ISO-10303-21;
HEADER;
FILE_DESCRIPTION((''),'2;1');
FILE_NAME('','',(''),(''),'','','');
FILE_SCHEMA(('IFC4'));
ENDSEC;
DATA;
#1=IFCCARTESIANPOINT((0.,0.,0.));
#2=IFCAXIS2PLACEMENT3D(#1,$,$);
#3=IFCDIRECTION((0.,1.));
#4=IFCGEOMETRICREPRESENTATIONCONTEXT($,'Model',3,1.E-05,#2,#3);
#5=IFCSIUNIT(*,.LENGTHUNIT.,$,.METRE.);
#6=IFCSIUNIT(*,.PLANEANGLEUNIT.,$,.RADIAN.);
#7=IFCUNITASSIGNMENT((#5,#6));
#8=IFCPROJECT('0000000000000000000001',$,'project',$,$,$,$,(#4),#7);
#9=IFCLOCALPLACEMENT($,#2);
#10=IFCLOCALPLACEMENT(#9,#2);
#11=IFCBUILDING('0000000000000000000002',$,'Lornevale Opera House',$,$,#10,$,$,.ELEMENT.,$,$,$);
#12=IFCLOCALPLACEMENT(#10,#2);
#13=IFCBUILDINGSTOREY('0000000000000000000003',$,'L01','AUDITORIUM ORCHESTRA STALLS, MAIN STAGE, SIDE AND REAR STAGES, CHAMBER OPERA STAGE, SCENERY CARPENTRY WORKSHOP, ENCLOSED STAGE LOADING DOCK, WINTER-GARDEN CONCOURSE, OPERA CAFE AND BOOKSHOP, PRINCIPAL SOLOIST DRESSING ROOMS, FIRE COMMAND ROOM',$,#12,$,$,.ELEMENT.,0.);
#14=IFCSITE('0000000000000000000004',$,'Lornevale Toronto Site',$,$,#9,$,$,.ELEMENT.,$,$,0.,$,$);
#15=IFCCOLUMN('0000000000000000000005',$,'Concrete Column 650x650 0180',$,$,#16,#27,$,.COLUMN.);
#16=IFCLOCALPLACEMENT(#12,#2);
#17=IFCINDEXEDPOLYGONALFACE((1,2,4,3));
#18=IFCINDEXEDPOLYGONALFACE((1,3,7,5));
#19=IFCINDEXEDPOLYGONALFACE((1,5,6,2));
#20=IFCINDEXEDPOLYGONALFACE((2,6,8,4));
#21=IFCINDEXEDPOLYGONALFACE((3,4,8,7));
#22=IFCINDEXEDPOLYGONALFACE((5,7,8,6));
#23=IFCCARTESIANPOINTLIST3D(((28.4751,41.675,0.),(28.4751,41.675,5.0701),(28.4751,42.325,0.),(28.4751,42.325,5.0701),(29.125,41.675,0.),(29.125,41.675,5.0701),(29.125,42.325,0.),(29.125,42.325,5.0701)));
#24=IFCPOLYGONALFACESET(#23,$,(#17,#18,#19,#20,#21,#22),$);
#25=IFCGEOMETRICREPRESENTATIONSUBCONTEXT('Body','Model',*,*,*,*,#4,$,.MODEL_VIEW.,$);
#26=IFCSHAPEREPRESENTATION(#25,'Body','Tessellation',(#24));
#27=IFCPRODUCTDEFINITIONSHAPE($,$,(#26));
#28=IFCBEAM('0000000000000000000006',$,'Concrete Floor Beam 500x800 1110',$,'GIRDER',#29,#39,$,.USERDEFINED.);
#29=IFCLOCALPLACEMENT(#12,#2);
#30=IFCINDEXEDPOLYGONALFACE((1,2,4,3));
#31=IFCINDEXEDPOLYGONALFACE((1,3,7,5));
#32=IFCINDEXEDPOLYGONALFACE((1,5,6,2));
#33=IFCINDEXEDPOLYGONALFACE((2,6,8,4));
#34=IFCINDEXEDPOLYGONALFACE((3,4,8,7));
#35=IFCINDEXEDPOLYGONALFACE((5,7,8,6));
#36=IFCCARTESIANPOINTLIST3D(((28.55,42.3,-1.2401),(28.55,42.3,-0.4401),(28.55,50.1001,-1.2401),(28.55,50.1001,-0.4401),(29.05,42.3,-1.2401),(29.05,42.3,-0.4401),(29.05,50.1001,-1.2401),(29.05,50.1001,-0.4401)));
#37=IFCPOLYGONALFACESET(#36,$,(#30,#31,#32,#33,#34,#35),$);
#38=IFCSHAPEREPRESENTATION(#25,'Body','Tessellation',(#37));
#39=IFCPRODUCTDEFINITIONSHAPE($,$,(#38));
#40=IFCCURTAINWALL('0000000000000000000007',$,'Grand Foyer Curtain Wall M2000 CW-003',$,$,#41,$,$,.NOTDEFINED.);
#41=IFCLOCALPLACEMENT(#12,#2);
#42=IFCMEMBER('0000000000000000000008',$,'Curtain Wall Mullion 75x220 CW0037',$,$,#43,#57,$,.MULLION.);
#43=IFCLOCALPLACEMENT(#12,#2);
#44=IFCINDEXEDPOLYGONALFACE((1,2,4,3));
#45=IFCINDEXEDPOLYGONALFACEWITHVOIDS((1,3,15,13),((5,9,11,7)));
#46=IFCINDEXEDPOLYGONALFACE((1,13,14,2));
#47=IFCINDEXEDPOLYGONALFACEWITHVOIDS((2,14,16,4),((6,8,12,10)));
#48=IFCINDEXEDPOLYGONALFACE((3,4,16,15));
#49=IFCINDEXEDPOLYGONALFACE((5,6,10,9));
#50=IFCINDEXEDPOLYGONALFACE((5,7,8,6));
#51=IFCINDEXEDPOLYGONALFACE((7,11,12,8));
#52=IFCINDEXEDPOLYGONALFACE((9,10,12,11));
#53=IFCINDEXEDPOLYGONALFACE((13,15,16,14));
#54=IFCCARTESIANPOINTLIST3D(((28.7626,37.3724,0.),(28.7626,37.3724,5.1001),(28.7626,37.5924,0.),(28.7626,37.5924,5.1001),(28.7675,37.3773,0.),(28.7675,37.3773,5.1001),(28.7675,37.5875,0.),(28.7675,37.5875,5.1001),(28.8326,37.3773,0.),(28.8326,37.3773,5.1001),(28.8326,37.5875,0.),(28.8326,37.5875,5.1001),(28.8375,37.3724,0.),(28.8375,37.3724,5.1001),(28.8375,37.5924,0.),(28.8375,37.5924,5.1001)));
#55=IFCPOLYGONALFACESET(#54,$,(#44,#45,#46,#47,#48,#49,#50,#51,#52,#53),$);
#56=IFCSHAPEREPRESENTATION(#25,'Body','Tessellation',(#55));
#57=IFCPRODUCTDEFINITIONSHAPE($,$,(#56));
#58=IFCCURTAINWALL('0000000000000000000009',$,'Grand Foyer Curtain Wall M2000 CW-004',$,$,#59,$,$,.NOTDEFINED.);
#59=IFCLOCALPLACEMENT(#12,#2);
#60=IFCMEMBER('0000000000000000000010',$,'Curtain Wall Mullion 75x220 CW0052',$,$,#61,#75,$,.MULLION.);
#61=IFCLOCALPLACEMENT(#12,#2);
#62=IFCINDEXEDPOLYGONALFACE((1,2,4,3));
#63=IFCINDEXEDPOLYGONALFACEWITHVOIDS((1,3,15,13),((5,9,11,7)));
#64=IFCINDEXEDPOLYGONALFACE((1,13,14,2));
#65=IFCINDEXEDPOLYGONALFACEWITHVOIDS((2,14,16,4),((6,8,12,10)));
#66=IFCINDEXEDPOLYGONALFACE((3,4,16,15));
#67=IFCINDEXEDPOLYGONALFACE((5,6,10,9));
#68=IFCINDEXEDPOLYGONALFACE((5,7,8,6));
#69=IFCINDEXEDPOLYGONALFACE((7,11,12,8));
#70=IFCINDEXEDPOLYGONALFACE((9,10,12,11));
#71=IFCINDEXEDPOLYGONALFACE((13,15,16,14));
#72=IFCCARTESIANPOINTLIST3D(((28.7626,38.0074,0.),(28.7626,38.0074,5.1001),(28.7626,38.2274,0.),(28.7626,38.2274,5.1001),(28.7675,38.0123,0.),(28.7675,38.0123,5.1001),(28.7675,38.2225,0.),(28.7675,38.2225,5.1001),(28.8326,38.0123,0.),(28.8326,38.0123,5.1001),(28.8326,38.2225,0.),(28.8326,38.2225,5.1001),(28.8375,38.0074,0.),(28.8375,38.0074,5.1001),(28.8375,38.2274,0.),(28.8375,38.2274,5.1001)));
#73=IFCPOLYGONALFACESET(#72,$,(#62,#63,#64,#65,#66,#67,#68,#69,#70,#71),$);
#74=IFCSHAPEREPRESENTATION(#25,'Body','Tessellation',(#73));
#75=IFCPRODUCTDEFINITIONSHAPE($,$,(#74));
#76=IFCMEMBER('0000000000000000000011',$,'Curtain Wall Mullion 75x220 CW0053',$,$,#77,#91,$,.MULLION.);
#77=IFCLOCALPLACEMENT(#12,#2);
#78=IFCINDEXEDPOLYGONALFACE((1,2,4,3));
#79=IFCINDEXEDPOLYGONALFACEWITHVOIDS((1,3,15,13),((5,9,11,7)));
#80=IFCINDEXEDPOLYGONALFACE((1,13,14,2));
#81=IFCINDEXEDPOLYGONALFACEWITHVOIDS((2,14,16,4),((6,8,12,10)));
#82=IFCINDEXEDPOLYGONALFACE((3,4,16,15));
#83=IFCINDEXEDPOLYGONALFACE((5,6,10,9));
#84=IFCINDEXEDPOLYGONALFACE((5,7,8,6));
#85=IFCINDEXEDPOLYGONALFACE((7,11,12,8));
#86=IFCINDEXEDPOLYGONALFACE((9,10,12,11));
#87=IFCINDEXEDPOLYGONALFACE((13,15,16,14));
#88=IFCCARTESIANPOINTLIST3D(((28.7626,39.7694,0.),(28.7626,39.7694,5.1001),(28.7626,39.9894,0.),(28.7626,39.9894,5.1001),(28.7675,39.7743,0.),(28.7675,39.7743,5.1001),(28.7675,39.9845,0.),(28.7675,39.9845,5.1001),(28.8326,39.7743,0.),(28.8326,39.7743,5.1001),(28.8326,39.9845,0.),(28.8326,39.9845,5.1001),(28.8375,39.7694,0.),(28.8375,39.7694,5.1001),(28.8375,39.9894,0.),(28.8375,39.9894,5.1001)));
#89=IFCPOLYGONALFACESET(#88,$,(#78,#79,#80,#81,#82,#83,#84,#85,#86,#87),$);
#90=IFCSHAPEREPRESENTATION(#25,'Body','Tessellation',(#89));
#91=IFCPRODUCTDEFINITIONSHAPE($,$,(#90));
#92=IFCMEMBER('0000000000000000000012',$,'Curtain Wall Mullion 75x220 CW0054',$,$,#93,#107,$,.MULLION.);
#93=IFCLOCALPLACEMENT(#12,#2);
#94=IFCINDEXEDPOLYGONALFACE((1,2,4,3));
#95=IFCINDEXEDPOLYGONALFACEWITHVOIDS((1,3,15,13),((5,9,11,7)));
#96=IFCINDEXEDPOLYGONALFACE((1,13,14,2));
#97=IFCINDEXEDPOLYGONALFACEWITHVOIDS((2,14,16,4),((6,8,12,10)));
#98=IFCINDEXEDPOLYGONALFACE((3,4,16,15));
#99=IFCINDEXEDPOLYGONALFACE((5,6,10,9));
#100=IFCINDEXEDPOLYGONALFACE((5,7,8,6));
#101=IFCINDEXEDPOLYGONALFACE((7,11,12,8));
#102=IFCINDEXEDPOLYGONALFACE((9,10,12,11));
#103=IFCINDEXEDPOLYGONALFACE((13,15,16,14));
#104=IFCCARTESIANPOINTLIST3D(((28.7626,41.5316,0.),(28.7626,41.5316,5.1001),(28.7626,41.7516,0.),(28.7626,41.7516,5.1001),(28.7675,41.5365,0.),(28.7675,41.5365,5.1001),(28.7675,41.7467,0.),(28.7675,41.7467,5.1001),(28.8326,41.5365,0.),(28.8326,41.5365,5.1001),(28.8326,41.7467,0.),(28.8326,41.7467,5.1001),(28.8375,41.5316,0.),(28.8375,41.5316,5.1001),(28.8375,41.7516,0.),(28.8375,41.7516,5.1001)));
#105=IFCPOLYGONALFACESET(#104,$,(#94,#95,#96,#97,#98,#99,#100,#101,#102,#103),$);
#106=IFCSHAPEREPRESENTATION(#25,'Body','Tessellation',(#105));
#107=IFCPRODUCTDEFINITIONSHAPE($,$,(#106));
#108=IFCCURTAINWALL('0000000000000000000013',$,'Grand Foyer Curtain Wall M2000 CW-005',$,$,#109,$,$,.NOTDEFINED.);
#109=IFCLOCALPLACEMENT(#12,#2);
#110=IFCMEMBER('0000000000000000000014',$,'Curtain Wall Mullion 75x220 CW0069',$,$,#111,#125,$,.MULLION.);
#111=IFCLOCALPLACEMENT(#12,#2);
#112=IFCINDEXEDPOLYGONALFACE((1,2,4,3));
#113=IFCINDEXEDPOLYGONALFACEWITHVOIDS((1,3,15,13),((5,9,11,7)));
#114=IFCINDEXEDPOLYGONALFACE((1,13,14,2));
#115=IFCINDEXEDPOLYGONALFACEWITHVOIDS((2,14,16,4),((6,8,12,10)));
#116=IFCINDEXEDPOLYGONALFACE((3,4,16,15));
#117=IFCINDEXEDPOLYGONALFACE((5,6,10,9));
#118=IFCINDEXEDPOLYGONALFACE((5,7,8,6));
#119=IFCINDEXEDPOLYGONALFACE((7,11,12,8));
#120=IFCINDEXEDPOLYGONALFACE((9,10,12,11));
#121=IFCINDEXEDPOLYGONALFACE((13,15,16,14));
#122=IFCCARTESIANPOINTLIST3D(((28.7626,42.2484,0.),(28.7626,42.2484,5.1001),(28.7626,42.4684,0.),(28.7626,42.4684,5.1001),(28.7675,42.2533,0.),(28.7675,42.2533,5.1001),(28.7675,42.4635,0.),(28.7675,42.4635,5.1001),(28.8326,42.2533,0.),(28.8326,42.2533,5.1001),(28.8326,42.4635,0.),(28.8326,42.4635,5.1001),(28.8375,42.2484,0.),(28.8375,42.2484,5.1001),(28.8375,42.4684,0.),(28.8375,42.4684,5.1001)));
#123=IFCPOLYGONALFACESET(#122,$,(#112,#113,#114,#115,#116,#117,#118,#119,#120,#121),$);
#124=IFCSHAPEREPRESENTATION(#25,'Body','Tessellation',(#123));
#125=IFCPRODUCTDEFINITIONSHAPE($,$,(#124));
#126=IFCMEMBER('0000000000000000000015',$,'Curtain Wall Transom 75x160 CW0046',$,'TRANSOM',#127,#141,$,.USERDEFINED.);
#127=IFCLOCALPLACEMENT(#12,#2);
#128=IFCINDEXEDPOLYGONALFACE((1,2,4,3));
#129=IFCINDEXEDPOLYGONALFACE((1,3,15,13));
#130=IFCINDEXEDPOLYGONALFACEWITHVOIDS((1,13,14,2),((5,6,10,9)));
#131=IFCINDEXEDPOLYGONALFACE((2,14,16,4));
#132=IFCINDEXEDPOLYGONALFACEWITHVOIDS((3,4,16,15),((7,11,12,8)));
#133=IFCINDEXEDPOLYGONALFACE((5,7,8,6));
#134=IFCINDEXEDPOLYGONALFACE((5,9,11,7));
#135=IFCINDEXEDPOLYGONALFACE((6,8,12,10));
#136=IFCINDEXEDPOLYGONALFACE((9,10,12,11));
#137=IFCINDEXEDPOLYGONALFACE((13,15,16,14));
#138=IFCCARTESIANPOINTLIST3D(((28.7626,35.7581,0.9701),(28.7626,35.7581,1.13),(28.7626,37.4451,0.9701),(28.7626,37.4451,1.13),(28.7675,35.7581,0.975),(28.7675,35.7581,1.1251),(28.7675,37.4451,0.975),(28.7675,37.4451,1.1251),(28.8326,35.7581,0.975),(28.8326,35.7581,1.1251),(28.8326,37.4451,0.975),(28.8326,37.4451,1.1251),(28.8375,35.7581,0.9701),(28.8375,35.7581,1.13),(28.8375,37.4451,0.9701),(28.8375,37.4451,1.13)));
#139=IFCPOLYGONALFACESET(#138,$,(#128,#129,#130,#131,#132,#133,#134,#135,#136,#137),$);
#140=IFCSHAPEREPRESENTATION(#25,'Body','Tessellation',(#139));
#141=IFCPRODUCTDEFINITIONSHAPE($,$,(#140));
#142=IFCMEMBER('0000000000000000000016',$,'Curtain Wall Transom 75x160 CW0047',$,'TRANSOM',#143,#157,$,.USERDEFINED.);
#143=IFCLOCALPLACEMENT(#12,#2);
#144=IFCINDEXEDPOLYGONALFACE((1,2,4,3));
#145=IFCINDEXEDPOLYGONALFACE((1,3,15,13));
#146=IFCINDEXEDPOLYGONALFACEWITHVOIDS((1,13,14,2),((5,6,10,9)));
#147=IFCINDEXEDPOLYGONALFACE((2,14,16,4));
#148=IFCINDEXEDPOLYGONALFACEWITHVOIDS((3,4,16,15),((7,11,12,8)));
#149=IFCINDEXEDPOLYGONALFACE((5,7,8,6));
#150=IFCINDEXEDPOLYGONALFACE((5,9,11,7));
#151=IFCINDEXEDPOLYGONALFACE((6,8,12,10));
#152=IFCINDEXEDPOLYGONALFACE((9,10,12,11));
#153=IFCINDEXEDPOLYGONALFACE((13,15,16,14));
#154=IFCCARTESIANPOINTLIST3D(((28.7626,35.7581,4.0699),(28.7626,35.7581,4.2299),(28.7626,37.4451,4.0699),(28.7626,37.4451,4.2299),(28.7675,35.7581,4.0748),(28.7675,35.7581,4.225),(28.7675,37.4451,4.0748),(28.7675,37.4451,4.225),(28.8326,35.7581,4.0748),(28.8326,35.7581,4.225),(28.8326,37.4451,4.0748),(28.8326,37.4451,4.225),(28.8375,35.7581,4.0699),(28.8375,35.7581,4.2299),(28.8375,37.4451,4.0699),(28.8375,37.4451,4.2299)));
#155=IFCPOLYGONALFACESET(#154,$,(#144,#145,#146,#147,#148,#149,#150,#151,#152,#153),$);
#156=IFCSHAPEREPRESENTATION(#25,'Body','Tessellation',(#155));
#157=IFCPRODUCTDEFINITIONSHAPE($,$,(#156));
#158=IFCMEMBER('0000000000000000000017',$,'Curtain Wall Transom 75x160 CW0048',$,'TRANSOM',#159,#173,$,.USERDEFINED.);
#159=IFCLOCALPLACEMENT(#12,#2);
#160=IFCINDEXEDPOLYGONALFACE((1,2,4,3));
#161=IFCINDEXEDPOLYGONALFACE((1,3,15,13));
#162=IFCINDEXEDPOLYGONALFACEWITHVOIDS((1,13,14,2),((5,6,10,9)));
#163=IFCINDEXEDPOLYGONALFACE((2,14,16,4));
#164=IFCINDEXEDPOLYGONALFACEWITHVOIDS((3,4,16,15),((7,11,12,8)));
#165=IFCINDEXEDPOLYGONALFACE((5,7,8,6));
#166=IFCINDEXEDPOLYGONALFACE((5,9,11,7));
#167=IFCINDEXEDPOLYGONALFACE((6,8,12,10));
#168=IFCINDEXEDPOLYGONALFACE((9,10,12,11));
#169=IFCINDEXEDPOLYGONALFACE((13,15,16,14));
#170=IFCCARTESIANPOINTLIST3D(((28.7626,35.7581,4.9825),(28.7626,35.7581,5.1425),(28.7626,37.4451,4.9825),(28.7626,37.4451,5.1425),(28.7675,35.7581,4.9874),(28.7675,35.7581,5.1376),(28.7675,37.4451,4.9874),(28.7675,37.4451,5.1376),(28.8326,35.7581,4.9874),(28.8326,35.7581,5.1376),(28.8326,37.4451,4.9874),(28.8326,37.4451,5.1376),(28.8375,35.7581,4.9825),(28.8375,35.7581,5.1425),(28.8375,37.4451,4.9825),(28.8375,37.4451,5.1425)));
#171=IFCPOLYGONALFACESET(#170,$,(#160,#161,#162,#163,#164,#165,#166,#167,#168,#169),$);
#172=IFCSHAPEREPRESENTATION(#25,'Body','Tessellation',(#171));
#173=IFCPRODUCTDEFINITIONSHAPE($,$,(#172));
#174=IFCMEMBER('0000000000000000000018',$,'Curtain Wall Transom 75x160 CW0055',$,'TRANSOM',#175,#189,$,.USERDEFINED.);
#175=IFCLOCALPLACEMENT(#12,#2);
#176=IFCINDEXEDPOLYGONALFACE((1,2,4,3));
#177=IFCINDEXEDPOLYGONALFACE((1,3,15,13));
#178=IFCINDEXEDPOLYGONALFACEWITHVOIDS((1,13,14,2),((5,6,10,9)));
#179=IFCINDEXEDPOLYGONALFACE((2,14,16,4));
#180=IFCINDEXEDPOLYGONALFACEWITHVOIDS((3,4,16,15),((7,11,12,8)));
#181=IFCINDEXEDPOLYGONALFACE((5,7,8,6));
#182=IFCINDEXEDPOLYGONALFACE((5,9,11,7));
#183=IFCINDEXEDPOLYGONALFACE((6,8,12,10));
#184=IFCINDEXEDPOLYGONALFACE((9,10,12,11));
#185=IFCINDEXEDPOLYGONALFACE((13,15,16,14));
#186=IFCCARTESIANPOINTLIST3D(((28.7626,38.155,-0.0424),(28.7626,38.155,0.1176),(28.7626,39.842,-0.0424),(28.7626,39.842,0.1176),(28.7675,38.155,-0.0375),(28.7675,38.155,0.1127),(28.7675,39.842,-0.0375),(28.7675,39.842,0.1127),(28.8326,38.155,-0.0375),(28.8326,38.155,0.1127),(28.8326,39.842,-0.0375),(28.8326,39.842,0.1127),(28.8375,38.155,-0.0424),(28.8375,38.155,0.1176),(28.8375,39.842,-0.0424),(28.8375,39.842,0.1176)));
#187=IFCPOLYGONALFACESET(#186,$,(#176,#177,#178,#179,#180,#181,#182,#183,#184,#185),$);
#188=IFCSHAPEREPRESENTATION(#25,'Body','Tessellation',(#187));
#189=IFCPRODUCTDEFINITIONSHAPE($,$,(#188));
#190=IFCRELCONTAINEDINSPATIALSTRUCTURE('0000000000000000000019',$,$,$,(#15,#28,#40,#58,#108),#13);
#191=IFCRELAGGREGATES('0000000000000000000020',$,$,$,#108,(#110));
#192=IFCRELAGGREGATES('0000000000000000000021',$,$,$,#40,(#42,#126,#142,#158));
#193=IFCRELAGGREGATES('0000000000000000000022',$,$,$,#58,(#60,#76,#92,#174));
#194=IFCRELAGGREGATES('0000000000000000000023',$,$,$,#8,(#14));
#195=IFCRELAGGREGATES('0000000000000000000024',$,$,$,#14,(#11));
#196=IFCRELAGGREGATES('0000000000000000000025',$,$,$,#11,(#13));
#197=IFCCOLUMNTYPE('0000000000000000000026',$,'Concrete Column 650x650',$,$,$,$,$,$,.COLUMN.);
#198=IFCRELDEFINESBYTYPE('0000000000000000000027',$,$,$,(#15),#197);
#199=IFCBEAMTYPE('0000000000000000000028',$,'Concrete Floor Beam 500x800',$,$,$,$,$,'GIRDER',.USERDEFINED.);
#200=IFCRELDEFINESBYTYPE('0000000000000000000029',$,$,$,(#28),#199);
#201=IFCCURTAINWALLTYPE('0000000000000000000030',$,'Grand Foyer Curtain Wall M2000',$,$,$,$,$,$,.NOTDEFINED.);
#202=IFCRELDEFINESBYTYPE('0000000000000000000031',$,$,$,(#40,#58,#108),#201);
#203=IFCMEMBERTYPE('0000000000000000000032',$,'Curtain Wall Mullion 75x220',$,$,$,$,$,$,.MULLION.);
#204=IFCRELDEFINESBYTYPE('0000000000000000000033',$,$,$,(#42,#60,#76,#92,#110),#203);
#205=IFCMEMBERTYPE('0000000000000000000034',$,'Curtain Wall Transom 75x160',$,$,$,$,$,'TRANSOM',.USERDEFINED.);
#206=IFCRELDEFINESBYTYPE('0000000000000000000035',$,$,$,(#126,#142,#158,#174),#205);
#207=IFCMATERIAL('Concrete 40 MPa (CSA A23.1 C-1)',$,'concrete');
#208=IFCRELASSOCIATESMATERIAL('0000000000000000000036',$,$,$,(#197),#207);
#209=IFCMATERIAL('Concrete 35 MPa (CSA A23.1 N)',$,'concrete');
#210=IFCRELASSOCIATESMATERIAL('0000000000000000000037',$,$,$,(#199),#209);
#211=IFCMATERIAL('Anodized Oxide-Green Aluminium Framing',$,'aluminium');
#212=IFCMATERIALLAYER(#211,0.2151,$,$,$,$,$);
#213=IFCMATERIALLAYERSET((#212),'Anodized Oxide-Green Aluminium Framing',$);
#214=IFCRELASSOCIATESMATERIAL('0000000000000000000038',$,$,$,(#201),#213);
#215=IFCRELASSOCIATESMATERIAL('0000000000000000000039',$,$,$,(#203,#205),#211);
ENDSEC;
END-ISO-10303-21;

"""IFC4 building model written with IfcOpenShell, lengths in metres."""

from ifc_helpers import new_model, si_unit, direction, frame, origin, origin_2d, place, context, subcontext, project, spatial, rectangle, hollow_rectangle, extrude, material, layer, layer_set, material_profile, profile_set, type_object, element, aggregate, save


model = new_model("IFC4")

# Units and contexts
model_context = context("Model", 3, precision=1e-05, world=origin(), true_north=direction((0.0, 1.0)))
body_context = subcontext(model_context, "Body", "Model", "MODEL_VIEW")
ifc_project = project(units=[si_unit("LENGTHUNIT", "METRE"), si_unit("PLANEANGLEUNIT", "RADIAN")], contexts=[model_context])

# Site, building, storey
site_placement = place(None, origin())
site = spatial("IfcSite", under=ifc_project, at=site_placement, Name="Lornevale Toronto Site", CompositionType="ELEMENT", RefElevation=0.0)
building_placement = place(site_placement, origin())
building = spatial("IfcBuilding", under=site, at=building_placement, Name="Lornevale Opera House", CompositionType="ELEMENT")
storey_placement = place(building_placement, origin())
storey = spatial("IfcBuildingStorey", under=building, at=storey_placement, Name="L01", Description="AUDITORIUM ORCHESTRA STALLS, MAIN STAGE, SIDE AND REAR STAGES, CHAMBER OPERA STAGE, SCENERY CARPENTRY WORKSHOP, ENCLOSED STAGE LOADING DOCK, WINTER-GARDEN CONCOURSE, OPERA CAFE AND BOOKSHOP, PRINCIPAL SOLOIST DRESSING ROOMS, FIRE COMMAND ROOM", CompositionType="ELEMENT", Elevation=0.0)

# Column
ifc_material_1 = material(Name="Concrete 40 MPa (CSA A23.1 C-1)", Category="concrete")
ifc_material_profile_1 = material_profile(ifc_material_1, rectangle(XDim=0.6499, YDim=0.6499, at=origin_2d()), Name="RC650x650")
ifc_profile_set_1 = profile_set([ifc_material_profile_1], Name="Concrete 40 MPa (CSA A23.1 C-1)")
column_type = type_object("IfcColumnType", Name="Concrete Column 650x650", PredefinedType="COLUMN", material=ifc_profile_set_1)
column_placement = place(storey_placement, frame((28.8, 42.0, 0.0), z_axis=(0.0, 0.0, 1.0), x_axis=(1.0, 0.0, 0.0)))
element("IfcColumn", 1, at=column_placement, inside=storey, type_object=column_type, Name="Concrete Column 650x650 0180", PredefinedType="COLUMN", context=body_context, shape_type="SweptSolid", body=[
    extrude(rectangle(XDim=0.6499, YDim=0.6499, at=origin_2d()), origin(), (0.0, 0.0, 1.0), 5.0701),
])

# Beam
ifc_material_2 = material(Name="Concrete 35 MPa (CSA A23.1 N)", Category="concrete")
ifc_material_profile_2 = material_profile(ifc_material_2, rectangle(XDim=0.5, YDim=0.8, at=origin_2d()), Name="RC500x800")
ifc_profile_set_2 = profile_set([ifc_material_profile_2], Name="Concrete 35 MPa (CSA A23.1 N)")
beam_type = type_object("IfcBeamType", Name="Concrete Floor Beam 500x800", ElementType="GIRDER", PredefinedType="USERDEFINED", material=ifc_profile_set_2)
beam_placement = place(storey_placement, frame((28.8, 42.3, -0.8401), z_axis=(0.0, 1.0, 0.0), x_axis=(-1.0, 0.0, 0.0)))
element("IfcBeam", 2, at=beam_placement, inside=storey, type_object=beam_type, Name="Concrete Floor Beam 500x800 1110", ObjectType="GIRDER", PredefinedType="USERDEFINED", context=body_context, shape_type="SweptSolid", body=[
    extrude(rectangle(XDim=0.5, YDim=0.8, at=origin_2d()), origin(), (0.0, 0.0, 1.0), 7.8),
])

# Curtain wall, member
ifc_material_3 = material(Name="Anodized Oxide-Green Aluminium Framing", Category="aluminium")
ifc_layer_1 = layer(ifc_material_3, 0.2151)
ifc_layer_set_1 = layer_set([ifc_layer_1], Name="Anodized Oxide-Green Aluminium Framing")
curtain_wall_type = type_object("IfcCurtainWallType", Name="Grand Foyer Curtain Wall M2000", PredefinedType="NOTDEFINED", material=ifc_layer_set_1)
curtain_wall_1_placement = place(storey_placement, origin())
curtain_wall_1 = element("IfcCurtainWall", 3, at=curtain_wall_1_placement, inside=storey, type_object=curtain_wall_type, Name="Grand Foyer Curtain Wall M2000 CW-003", PredefinedType="NOTDEFINED")
ifc_material_profile_3 = material_profile(ifc_material_3, hollow_rectangle(XDim=0.075, YDim=0.22, WallThickness=0.0049, at=origin_2d()), Name="ALU75x220x5")
ifc_profile_set_3 = profile_set([ifc_material_profile_3], Name="Anodized Oxide-Green Aluminium Framing")
member_type_1 = type_object("IfcMemberType", Name="Curtain Wall Mullion 75x220", PredefinedType="MULLION", material=ifc_profile_set_3)
member_1_placement = place(storey_placement, frame((28.8, 37.4824, 0.0), z_axis=(0.0, 0.0, 1.0), x_axis=(-1.0, 0.0, 0.0)))
member_1 = element("IfcMember", 4, at=member_1_placement, type_object=member_type_1, Name="Curtain Wall Mullion 75x220 CW0037", PredefinedType="MULLION", context=body_context, shape_type="SweptSolid", body=[
    extrude(hollow_rectangle(XDim=0.075, YDim=0.22, WallThickness=0.0049, at=origin_2d()), origin(), (0.0, 0.0, 1.0), 5.1001),
])

# Curtain wall, members
curtain_wall_2_placement = place(storey_placement, origin())
curtain_wall_2 = element("IfcCurtainWall", 5, at=curtain_wall_2_placement, inside=storey, type_object=curtain_wall_type, Name="Grand Foyer Curtain Wall M2000 CW-004", PredefinedType="NOTDEFINED")
member_2_placement = place(storey_placement, frame((28.8, 38.1174, 0.0), z_axis=(0.0, 0.0, 1.0), x_axis=(-1.0, 0.0, 0.0)))
member_2 = element("IfcMember", 6, at=member_2_placement, type_object=member_type_1, Name="Curtain Wall Mullion 75x220 CW0052", PredefinedType="MULLION", context=body_context, shape_type="SweptSolid", body=[
    extrude(hollow_rectangle(XDim=0.075, YDim=0.22, WallThickness=0.0049, at=origin_2d()), origin(), (0.0, 0.0, 1.0), 5.1001),
])
member_3_placement = place(storey_placement, frame((28.8, 39.8794, 0.0), z_axis=(0.0, 0.0, 1.0), x_axis=(-1.0, 0.0, 0.0)))
member_3 = element("IfcMember", 7, at=member_3_placement, type_object=member_type_1, Name="Curtain Wall Mullion 75x220 CW0053", PredefinedType="MULLION", context=body_context, shape_type="SweptSolid", body=[
    extrude(hollow_rectangle(XDim=0.075, YDim=0.22, WallThickness=0.0049, at=origin_2d()), origin(), (0.0, 0.0, 1.0), 5.1001),
])
member_4_placement = place(storey_placement, frame((28.8, 41.6416, 0.0), z_axis=(0.0, 0.0, 1.0), x_axis=(-1.0, 0.0, 0.0)))
member_4 = element("IfcMember", 8, at=member_4_placement, type_object=member_type_1, Name="Curtain Wall Mullion 75x220 CW0054", PredefinedType="MULLION", context=body_context, shape_type="SweptSolid", body=[
    extrude(hollow_rectangle(XDim=0.075, YDim=0.22, WallThickness=0.0049, at=origin_2d()), origin(), (0.0, 0.0, 1.0), 5.1001),
])

# Curtain wall, member
curtain_wall_3_placement = place(storey_placement, origin())
curtain_wall_3 = element("IfcCurtainWall", 9, at=curtain_wall_3_placement, inside=storey, type_object=curtain_wall_type, Name="Grand Foyer Curtain Wall M2000 CW-005", PredefinedType="NOTDEFINED")
member_5_placement = place(storey_placement, frame((28.8, 42.3584, 0.0), z_axis=(0.0, 0.0, 1.0), x_axis=(-1.0, 0.0, 0.0)))
member_5 = element("IfcMember", 10, at=member_5_placement, type_object=member_type_1, Name="Curtain Wall Mullion 75x220 CW0069", PredefinedType="MULLION", context=body_context, shape_type="SweptSolid", body=[
    extrude(hollow_rectangle(XDim=0.075, YDim=0.22, WallThickness=0.0049, at=origin_2d()), origin(), (0.0, 0.0, 1.0), 5.1001),
])

# Members
ifc_material_profile_4 = material_profile(ifc_material_3, hollow_rectangle(XDim=0.075, YDim=0.1599, WallThickness=0.0049, at=origin_2d()), Name="ALU75x160x5")
ifc_profile_set_4 = profile_set([ifc_material_profile_4], Name="Anodized Oxide-Green Aluminium Framing")
member_type_2 = type_object("IfcMemberType", Name="Curtain Wall Transom 75x160", ElementType="TRANSOM", PredefinedType="USERDEFINED", material=ifc_profile_set_4)
member_6_placement = place(storey_placement, frame((28.8, 35.7581, 1.05), z_axis=(0.0, 1.0, 0.0), x_axis=(-1.0, 0.0, 0.0)))
member_6 = element("IfcMember", 11, at=member_6_placement, type_object=member_type_2, Name="Curtain Wall Transom 75x160 CW0046", ObjectType="TRANSOM", PredefinedType="USERDEFINED", context=body_context, shape_type="SweptSolid", body=[
    extrude(hollow_rectangle(XDim=0.075, YDim=0.1599, WallThickness=0.0049, at=origin_2d()), origin(), (0.0, 0.0, 1.0), 1.687),
])
member_7_placement = place(storey_placement, frame((28.8, 35.7581, 4.1499), z_axis=(0.0, 1.0, 0.0), x_axis=(-1.0, 0.0, 0.0)))
member_7 = element("IfcMember", 12, at=member_7_placement, type_object=member_type_2, Name="Curtain Wall Transom 75x160 CW0047", ObjectType="TRANSOM", PredefinedType="USERDEFINED", context=body_context, shape_type="SweptSolid", body=[
    extrude(hollow_rectangle(XDim=0.075, YDim=0.1599, WallThickness=0.0049, at=origin_2d()), origin(), (0.0, 0.0, 1.0), 1.687),
])
member_8_placement = place(storey_placement, frame((28.8, 35.7581, 5.0625), z_axis=(0.0, 1.0, 0.0), x_axis=(-1.0, 0.0, 0.0)))
member_8 = element("IfcMember", 13, at=member_8_placement, type_object=member_type_2, Name="Curtain Wall Transom 75x160 CW0048", ObjectType="TRANSOM", PredefinedType="USERDEFINED", context=body_context, shape_type="SweptSolid", body=[
    extrude(hollow_rectangle(XDim=0.075, YDim=0.1599, WallThickness=0.0049, at=origin_2d()), origin(), (0.0, 0.0, 1.0), 1.687),
])
member_9_placement = place(storey_placement, frame((28.8, 38.155, 0.0376), z_axis=(0.0, 1.0, 0.0), x_axis=(-1.0, 0.0, 0.0)))
member_9 = element("IfcMember", 14, at=member_9_placement, type_object=member_type_2, Name="Curtain Wall Transom 75x160 CW0055", ObjectType="TRANSOM", PredefinedType="USERDEFINED", context=body_context, shape_type="SweptSolid", body=[
    extrude(hollow_rectangle(XDim=0.075, YDim=0.1599, WallThickness=0.0049, at=origin_2d()), origin(), (0.0, 0.0, 1.0), 1.687),
])
aggregate(curtain_wall_3, [member_5])

aggregate(curtain_wall_1, [member_1, member_6, member_7, member_8])
aggregate(curtain_wall_2, [member_2, member_3, member_4, member_9])

save(model, "model.ifc")
